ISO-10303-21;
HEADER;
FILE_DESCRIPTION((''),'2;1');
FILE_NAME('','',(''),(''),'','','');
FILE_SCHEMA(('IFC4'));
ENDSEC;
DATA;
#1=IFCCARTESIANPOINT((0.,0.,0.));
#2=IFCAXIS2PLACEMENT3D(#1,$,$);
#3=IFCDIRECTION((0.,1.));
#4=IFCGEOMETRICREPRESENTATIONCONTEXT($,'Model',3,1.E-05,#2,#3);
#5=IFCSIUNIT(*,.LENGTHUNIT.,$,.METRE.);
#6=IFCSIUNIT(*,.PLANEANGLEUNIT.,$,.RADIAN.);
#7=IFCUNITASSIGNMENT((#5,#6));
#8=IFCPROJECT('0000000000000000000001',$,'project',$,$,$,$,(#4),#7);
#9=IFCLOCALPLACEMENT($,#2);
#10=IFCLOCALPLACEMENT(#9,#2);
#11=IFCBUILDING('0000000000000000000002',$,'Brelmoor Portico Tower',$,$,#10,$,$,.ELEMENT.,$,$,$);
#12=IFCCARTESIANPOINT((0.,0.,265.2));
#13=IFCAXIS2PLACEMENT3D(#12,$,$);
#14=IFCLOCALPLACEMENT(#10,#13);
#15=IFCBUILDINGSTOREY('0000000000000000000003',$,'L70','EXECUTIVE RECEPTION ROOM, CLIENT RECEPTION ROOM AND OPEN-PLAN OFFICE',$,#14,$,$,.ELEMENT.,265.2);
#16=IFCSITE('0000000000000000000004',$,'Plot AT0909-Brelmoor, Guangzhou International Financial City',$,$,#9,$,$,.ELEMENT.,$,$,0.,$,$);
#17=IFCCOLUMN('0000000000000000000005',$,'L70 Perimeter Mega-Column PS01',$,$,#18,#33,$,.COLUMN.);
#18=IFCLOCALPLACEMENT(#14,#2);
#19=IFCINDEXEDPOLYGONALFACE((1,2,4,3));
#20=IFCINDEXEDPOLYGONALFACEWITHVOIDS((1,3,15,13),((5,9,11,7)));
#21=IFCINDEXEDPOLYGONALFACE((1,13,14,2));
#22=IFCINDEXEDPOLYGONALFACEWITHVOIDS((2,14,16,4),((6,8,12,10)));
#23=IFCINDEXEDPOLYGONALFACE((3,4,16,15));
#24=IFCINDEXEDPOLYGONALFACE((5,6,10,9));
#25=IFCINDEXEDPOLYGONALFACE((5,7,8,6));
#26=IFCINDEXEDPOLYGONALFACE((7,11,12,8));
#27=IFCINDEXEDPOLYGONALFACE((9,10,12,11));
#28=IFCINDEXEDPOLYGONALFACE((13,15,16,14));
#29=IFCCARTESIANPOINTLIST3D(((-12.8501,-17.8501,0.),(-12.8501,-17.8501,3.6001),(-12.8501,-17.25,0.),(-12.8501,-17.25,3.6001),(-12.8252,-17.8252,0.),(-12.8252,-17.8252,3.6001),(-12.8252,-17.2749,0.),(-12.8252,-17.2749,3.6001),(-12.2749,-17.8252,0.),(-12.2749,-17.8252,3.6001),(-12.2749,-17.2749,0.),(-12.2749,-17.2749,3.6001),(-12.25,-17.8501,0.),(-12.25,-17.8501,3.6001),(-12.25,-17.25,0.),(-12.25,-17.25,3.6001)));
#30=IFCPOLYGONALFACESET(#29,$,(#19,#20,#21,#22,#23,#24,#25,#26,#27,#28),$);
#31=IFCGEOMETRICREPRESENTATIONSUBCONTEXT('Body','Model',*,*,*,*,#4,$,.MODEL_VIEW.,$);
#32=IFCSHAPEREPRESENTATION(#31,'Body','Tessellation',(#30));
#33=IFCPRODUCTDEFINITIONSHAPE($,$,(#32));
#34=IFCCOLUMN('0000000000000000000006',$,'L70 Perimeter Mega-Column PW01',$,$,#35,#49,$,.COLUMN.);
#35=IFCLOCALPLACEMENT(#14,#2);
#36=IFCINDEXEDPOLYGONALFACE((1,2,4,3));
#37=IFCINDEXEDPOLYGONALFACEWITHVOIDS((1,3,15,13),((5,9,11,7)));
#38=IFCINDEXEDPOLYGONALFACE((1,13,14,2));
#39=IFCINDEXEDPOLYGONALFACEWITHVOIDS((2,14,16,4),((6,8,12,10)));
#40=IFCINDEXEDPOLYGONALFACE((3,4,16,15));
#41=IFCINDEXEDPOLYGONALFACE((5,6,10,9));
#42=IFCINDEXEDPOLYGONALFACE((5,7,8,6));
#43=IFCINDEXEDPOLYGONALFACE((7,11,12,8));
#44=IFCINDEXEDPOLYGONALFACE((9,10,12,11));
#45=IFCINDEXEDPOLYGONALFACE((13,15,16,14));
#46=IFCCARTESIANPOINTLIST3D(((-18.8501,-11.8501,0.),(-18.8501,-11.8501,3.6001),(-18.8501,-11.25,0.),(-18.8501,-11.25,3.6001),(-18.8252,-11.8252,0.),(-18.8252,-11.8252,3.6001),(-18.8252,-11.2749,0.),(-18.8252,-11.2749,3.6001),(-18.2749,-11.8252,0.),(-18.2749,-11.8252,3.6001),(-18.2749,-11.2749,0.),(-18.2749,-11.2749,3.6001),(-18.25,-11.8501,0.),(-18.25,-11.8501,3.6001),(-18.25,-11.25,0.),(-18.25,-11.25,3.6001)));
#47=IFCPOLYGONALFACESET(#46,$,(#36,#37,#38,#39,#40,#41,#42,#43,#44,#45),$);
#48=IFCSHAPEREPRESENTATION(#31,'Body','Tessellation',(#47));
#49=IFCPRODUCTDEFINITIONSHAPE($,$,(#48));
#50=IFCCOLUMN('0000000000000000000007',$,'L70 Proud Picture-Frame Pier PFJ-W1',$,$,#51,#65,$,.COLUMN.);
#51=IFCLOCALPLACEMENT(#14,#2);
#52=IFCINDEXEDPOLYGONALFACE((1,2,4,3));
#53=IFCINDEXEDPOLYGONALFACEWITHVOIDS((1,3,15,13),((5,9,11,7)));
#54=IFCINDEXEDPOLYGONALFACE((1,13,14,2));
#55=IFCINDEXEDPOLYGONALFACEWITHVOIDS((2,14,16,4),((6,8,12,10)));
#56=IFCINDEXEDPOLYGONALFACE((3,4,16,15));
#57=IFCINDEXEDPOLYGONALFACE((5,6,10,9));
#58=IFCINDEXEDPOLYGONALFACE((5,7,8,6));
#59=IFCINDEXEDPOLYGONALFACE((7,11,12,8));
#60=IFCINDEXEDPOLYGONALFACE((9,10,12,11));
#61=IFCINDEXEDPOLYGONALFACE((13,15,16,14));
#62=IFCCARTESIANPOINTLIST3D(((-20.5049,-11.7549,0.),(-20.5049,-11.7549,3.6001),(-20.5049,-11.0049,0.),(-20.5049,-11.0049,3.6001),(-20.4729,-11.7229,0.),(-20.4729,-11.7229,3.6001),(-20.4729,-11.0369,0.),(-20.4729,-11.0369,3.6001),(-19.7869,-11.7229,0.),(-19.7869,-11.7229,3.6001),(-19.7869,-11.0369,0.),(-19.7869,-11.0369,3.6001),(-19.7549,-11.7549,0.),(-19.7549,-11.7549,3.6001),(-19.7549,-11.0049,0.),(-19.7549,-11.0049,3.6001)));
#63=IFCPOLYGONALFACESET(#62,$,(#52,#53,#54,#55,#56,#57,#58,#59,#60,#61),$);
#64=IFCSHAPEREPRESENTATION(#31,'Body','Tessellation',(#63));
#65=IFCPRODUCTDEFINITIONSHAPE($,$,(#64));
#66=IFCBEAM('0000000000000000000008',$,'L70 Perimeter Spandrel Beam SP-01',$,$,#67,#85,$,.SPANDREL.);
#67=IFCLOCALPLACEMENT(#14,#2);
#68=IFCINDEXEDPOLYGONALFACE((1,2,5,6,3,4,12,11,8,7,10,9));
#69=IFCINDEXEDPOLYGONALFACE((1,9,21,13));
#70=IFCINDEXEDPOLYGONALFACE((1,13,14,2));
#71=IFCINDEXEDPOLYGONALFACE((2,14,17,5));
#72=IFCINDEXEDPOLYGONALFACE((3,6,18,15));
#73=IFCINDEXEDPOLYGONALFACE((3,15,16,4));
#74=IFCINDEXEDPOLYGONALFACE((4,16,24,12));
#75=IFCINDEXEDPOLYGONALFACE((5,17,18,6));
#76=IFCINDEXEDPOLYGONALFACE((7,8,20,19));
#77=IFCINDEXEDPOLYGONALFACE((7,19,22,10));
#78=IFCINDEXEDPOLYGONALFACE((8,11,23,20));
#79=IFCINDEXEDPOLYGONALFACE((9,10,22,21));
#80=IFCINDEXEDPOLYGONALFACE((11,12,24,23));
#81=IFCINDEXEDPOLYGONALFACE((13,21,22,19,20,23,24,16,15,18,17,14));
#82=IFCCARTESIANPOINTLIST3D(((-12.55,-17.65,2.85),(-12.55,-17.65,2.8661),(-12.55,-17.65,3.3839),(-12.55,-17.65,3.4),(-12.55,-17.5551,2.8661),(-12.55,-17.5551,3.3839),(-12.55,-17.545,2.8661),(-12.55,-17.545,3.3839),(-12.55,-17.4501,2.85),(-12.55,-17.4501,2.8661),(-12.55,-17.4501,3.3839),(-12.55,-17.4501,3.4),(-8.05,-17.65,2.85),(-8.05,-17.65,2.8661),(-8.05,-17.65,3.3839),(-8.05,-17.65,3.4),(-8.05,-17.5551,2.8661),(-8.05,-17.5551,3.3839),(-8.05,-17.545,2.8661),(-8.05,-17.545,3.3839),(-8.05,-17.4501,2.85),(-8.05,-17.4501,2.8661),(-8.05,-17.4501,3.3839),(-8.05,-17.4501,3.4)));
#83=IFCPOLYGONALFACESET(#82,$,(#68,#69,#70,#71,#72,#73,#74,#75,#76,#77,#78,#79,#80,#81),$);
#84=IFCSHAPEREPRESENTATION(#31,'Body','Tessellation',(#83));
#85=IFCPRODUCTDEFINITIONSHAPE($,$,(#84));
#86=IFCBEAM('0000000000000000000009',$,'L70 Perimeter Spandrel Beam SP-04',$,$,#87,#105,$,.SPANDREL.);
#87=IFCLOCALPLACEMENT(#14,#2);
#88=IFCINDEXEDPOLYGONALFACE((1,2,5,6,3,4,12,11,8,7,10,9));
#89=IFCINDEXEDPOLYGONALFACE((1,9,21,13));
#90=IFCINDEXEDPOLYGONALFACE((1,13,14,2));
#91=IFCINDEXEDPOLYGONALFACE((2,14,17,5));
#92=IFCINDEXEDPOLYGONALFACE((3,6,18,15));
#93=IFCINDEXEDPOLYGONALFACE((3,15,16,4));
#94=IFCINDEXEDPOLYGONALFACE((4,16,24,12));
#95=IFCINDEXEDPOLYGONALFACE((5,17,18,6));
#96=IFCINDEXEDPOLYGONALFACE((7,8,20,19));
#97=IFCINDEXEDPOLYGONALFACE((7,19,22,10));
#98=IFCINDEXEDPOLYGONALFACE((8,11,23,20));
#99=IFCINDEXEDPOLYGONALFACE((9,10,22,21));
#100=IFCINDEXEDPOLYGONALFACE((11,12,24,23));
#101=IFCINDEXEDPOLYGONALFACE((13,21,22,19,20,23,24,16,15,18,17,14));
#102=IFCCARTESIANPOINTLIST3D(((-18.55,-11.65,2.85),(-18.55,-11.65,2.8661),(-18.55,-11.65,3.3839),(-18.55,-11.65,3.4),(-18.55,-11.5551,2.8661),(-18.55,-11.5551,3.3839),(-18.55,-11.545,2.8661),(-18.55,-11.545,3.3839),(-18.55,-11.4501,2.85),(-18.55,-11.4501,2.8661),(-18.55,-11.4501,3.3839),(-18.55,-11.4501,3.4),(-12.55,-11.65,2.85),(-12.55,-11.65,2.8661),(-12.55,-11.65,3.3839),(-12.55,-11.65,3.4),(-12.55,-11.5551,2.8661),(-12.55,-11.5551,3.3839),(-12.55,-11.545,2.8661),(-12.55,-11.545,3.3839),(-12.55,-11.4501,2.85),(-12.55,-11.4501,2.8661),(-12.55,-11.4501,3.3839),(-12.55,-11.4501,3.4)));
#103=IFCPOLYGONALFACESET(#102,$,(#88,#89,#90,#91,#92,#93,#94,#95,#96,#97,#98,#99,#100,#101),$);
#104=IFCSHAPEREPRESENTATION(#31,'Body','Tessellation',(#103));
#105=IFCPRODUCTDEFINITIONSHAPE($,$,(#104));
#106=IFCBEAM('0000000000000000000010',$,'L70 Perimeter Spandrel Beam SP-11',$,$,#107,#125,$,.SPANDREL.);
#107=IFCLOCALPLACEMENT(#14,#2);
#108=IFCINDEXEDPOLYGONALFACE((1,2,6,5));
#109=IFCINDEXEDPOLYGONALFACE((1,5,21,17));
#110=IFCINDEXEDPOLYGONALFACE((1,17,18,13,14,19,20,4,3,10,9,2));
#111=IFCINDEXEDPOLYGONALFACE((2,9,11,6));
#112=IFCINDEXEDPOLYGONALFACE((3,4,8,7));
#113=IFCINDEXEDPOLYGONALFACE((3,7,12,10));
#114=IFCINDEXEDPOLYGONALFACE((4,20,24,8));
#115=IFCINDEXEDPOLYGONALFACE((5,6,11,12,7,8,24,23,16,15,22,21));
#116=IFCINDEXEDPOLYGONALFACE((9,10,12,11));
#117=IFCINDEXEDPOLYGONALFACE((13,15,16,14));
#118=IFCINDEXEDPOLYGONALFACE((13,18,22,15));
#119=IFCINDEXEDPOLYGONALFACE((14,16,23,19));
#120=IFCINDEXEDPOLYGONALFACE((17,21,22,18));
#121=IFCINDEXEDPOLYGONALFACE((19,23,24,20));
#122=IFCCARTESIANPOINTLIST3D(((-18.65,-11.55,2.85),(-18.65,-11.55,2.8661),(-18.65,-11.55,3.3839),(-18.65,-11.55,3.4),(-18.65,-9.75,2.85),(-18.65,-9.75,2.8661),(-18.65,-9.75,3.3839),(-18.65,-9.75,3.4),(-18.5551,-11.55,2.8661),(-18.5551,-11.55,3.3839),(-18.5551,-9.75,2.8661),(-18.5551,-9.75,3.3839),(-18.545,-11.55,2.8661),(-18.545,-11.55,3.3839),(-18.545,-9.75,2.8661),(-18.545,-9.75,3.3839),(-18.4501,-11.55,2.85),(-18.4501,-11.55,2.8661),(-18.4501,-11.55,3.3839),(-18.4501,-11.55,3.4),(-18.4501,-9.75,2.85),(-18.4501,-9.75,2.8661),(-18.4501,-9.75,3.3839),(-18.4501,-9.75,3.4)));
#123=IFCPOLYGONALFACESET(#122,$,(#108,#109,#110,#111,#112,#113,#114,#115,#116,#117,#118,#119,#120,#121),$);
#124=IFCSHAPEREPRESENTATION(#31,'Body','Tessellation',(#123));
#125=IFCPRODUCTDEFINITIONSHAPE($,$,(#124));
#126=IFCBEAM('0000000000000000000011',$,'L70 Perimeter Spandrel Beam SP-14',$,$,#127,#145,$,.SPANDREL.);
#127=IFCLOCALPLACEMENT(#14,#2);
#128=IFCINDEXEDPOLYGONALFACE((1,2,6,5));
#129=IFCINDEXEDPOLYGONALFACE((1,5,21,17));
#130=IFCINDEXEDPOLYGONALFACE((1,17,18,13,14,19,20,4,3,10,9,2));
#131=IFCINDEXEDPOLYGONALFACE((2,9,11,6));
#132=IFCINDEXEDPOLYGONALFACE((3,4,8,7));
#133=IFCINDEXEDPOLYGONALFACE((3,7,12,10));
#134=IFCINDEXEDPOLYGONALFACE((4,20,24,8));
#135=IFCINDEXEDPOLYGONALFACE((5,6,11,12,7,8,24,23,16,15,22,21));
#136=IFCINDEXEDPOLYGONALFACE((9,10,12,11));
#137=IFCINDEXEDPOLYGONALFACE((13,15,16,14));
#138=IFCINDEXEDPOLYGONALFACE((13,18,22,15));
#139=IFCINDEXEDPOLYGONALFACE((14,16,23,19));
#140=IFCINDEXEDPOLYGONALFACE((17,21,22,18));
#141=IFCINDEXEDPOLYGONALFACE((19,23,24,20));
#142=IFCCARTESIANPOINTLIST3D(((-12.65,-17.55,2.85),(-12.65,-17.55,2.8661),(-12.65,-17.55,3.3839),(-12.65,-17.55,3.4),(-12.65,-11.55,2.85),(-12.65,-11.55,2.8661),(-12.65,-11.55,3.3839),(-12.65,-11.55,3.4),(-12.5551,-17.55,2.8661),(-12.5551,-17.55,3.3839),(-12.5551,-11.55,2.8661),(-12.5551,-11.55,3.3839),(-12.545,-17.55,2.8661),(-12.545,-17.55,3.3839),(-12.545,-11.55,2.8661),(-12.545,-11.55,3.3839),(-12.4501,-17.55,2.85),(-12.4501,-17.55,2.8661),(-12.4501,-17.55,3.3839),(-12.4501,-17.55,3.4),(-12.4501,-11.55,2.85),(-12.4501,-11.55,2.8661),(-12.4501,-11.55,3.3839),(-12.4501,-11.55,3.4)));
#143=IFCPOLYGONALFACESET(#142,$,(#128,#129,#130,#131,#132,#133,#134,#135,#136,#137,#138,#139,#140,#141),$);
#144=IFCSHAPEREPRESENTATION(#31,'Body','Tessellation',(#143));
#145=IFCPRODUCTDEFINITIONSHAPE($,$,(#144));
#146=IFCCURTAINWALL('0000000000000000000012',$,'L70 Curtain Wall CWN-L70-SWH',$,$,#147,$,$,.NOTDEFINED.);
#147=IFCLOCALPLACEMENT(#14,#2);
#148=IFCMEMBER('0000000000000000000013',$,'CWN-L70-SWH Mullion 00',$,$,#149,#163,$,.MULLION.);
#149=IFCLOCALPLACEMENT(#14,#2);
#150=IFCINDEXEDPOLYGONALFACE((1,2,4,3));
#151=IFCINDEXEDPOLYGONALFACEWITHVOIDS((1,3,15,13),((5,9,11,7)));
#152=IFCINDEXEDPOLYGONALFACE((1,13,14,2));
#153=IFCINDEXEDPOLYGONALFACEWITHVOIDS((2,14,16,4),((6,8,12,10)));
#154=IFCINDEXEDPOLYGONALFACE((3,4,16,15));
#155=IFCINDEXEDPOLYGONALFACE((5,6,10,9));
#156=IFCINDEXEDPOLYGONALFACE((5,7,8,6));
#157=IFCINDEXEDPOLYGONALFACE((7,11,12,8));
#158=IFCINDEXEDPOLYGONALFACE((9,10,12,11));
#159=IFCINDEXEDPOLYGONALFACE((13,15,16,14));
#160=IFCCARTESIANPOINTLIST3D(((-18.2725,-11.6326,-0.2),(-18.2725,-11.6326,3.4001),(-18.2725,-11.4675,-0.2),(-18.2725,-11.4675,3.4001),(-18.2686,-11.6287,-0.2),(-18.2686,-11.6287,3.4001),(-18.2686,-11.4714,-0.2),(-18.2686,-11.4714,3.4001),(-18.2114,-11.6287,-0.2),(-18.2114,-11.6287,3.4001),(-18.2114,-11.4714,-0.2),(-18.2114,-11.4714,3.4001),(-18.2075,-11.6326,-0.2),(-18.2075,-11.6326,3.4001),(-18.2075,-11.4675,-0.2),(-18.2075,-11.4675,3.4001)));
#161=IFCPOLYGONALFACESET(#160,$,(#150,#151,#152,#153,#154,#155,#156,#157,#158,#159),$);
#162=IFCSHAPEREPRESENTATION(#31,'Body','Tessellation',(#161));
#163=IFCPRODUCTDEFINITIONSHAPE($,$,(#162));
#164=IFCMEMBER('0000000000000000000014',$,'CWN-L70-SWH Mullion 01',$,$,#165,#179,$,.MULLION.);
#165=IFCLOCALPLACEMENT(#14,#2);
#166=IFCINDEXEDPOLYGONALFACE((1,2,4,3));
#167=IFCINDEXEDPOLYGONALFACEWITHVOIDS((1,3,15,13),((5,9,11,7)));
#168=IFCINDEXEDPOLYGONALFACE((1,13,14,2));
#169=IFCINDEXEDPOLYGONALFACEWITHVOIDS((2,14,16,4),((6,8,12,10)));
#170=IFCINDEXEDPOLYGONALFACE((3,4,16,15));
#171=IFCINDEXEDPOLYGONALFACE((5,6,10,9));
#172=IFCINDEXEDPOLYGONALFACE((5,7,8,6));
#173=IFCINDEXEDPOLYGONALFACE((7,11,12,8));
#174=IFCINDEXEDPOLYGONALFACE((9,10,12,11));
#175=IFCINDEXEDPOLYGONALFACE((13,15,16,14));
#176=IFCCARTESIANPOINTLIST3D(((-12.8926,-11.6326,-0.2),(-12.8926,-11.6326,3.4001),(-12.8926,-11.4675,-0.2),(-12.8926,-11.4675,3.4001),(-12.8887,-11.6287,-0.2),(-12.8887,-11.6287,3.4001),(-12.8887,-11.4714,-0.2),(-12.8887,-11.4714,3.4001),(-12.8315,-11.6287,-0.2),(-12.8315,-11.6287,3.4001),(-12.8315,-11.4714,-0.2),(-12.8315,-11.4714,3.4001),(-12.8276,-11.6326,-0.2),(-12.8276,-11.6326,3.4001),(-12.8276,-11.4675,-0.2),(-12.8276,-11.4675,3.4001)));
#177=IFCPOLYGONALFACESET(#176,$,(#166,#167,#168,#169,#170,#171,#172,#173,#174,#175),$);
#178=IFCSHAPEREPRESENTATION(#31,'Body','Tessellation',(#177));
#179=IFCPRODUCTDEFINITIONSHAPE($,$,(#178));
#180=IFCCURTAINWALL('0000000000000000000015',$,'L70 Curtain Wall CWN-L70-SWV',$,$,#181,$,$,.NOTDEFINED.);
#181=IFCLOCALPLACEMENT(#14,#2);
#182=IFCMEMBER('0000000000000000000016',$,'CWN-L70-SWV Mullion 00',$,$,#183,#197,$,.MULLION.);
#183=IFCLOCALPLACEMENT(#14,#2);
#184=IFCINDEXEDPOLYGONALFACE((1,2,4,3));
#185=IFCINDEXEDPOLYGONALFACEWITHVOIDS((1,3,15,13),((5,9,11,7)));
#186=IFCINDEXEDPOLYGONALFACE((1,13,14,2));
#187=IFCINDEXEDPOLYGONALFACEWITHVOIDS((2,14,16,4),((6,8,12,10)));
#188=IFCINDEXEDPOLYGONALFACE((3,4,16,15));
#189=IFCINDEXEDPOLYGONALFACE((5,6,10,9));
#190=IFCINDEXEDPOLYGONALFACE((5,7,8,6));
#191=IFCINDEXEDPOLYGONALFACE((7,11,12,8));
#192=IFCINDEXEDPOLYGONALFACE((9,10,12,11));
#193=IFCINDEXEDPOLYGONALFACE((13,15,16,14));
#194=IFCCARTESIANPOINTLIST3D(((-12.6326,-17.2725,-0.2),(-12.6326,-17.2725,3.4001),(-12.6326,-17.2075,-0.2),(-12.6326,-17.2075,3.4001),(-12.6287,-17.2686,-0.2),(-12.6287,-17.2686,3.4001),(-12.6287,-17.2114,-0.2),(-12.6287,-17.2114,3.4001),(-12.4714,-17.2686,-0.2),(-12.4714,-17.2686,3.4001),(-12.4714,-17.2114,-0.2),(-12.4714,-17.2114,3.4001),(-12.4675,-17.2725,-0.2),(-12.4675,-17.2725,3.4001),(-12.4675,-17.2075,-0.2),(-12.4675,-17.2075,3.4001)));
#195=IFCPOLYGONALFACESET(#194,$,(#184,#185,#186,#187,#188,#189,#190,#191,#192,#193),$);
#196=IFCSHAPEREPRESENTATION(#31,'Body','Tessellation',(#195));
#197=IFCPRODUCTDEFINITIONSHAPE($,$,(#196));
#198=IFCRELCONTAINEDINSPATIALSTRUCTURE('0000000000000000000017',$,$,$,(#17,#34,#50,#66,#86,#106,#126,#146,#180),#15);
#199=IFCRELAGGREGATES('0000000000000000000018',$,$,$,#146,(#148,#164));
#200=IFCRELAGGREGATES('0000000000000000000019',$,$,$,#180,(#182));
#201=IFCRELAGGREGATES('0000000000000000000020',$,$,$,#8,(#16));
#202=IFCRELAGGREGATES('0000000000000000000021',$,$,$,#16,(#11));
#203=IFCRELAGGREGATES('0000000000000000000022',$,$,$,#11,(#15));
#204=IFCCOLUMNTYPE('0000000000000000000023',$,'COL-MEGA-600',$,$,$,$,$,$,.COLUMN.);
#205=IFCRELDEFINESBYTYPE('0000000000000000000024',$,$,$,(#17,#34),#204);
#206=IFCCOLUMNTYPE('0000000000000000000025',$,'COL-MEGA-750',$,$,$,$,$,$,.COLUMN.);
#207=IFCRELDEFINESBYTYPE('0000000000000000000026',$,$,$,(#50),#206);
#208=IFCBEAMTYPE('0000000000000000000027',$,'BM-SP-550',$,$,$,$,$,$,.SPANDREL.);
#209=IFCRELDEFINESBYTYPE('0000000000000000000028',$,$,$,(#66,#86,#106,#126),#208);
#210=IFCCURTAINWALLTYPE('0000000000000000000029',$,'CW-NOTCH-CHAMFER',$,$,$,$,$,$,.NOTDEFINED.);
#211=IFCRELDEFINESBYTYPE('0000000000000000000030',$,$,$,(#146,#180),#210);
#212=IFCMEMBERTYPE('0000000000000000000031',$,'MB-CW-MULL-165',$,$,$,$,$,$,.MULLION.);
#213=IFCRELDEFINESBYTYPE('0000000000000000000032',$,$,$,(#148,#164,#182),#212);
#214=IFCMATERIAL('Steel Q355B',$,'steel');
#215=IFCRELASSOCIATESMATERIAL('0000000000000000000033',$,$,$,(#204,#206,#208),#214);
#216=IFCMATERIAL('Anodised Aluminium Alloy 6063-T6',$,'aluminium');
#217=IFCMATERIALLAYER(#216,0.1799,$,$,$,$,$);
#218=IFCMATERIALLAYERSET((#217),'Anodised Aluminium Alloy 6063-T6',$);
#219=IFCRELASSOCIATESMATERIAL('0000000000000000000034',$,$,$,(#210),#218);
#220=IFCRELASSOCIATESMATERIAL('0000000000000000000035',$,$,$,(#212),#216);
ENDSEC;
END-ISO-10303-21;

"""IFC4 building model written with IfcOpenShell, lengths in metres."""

from ifc_helpers import new_model, si_unit, direction, frame, origin, origin_2d, place, context, subcontext, project, spatial, hollow_rectangle, i_section, extrude, material, layer, layer_set, material_profile, profile_set, type_object, element, aggregate, save


model = new_model("IFC4")

# Units and contexts
model_context = context("Model", 3, precision=1e-05, world=origin(), true_north=direction((0.0, 1.0)))
body_context = subcontext(model_context, "Body", "Model", "MODEL_VIEW")
ifc_project = project(units=[si_unit("LENGTHUNIT", "METRE"), si_unit("PLANEANGLEUNIT", "RADIAN")], contexts=[model_context])

# Site, building, storey
site_placement = place(None, origin())
site = spatial("IfcSite", under=ifc_project, at=site_placement, Name="Plot AT0909-Brelmoor, Guangzhou International Financial City", CompositionType="ELEMENT", RefElevation=0.0)
building_placement = place(site_placement, origin())
building = spatial("IfcBuilding", under=site, at=building_placement, Name="Brelmoor Portico Tower", CompositionType="ELEMENT")
storey_placement = place(building_placement, frame((0.0, 0.0, 265.2)))
storey = spatial("IfcBuildingStorey", under=building, at=storey_placement, Name="L70", Description="EXECUTIVE RECEPTION ROOM, CLIENT RECEPTION ROOM AND OPEN-PLAN OFFICE", CompositionType="ELEMENT", Elevation=265.2)

# Columns
ifc_material_1 = material(Name="Steel Q355B", Category="steel")
ifc_material_profile_1 = material_profile(ifc_material_1, hollow_rectangle(XDim=0.6001, YDim=0.6001, WallThickness=0.0249, at=origin_2d()), Name="BOX 600x600x25")
ifc_profile_set_1 = profile_set([ifc_material_profile_1], Name="Steel Q355B")
column_type_1 = type_object("IfcColumnType", Name="COL-MEGA-600", PredefinedType="COLUMN", material=ifc_profile_set_1)
for number, where, z_axis, x_axis, name in (
    (1, (-12.55, -17.55, 0.0), (0.0, 0.0, 1.0), (1.0, 0.0, 0.0), "L70 Perimeter Mega-Column PS01"),
    (2, (-18.55, -11.55, 0.0), (0.0, 0.0, 1.0), (0.0, 1.0, 0.0), "L70 Perimeter Mega-Column PW01"),
):
    element("IfcColumn", number, at=place(storey_placement, frame(where, z_axis=z_axis, x_axis=x_axis)), inside=storey, type_object=column_type_1, Name=name, PredefinedType="COLUMN", context=body_context, shape_type="SweptSolid", body=[
        extrude(hollow_rectangle(XDim=0.6001, YDim=0.6001, WallThickness=0.0249, at=origin_2d()), origin(), (0.0, 0.0, 1.0), 3.6001),
    ])
ifc_material_profile_2 = material_profile(ifc_material_1, hollow_rectangle(XDim=0.75, YDim=0.75, WallThickness=0.032, at=origin_2d()), Name="BOX 750x750x32")
ifc_profile_set_2 = profile_set([ifc_material_profile_2], Name="Steel Q355B")
column_type_2 = type_object("IfcColumnType", Name="COL-MEGA-750", PredefinedType="COLUMN", material=ifc_profile_set_2)
column_placement = place(storey_placement, frame((-20.1299, -11.3799, 0.0), z_axis=(0.0, 0.0, 1.0), x_axis=(0.0, 1.0, 0.0)))
element("IfcColumn", 3, at=column_placement, inside=storey, type_object=column_type_2, Name="L70 Proud Picture-Frame Pier PFJ-W1", PredefinedType="COLUMN", context=body_context, shape_type="SweptSolid", body=[
    extrude(hollow_rectangle(XDim=0.75, YDim=0.75, WallThickness=0.032, at=origin_2d()), origin(), (0.0, 0.0, 1.0), 3.6001),
])

# Beams
ifc_material_profile_3 = material_profile(ifc_material_1, i_section(OverallWidth=0.2, OverallDepth=0.55, WebThickness=0.01, FlangeThickness=0.0161, at=origin_2d()), Name="HN 550x200x10x16")
ifc_profile_set_3 = profile_set([ifc_material_profile_3], Name="Steel Q355B")
beam_type = type_object("IfcBeamType", Name="BM-SP-550", PredefinedType="SPANDREL", material=ifc_profile_set_3)
beam_1_placement = place(storey_placement, frame((-12.55, -17.55, 3.125), z_axis=(1.0, 0.0, 0.0), x_axis=(0.0, 1.0, 0.0)))
element("IfcBeam", 4, at=beam_1_placement, inside=storey, type_object=beam_type, Name="L70 Perimeter Spandrel Beam SP-01", PredefinedType="SPANDREL", context=body_context, shape_type="SweptSolid", body=[
    extrude(i_section(OverallWidth=0.2, OverallDepth=0.55, WebThickness=0.01, FlangeThickness=0.0161, at=origin_2d()), origin(), (0.0, 0.0, 1.0), 4.5),
])
beam_2_placement = place(storey_placement, frame((-18.55, -11.55, 3.125), z_axis=(1.0, 0.0, 0.0), x_axis=(0.0, 1.0, 0.0)))
element("IfcBeam", 5, at=beam_2_placement, inside=storey, type_object=beam_type, Name="L70 Perimeter Spandrel Beam SP-04", PredefinedType="SPANDREL", context=body_context, shape_type="SweptSolid", body=[
    extrude(i_section(OverallWidth=0.2, OverallDepth=0.55, WebThickness=0.01, FlangeThickness=0.0161, at=origin_2d()), origin(), (0.0, 0.0, 1.0), 6.0),
])
beam_3_placement = place(storey_placement, frame((-18.55, -11.55, 3.125), z_axis=(0.0, 1.0, 0.0), x_axis=(-1.0, 0.0, 0.0)))
element("IfcBeam", 6, at=beam_3_placement, inside=storey, type_object=beam_type, Name="L70 Perimeter Spandrel Beam SP-11", PredefinedType="SPANDREL", context=body_context, shape_type="SweptSolid", body=[
    extrude(i_section(OverallWidth=0.2, OverallDepth=0.55, WebThickness=0.01, FlangeThickness=0.0161, at=origin_2d()), origin(), (0.0, 0.0, 1.0), 1.8),
])
beam_4_placement = place(storey_placement, frame((-12.55, -17.55, 3.125), z_axis=(0.0, 1.0, 0.0), x_axis=(-1.0, 0.0, 0.0)))
element("IfcBeam", 7, at=beam_4_placement, inside=storey, type_object=beam_type, Name="L70 Perimeter Spandrel Beam SP-14", PredefinedType="SPANDREL", context=body_context, shape_type="SweptSolid", body=[
    extrude(i_section(OverallWidth=0.2, OverallDepth=0.55, WebThickness=0.01, FlangeThickness=0.0161, at=origin_2d()), origin(), (0.0, 0.0, 1.0), 6.0),
])

# Curtain wall, members
ifc_material_2 = material(Name="Anodised Aluminium Alloy 6063-T6", Category="aluminium")
ifc_layer_1 = layer(ifc_material_2, 0.1799)
ifc_layer_set_1 = layer_set([ifc_layer_1], Name="Anodised Aluminium Alloy 6063-T6")
curtain_wall_type = type_object("IfcCurtainWallType", Name="CW-NOTCH-CHAMFER", PredefinedType="NOTDEFINED", material=ifc_layer_set_1)
curtain_wall_1_placement = place(storey_placement, origin())
curtain_wall_1 = element("IfcCurtainWall", 8, at=curtain_wall_1_placement, inside=storey, type_object=curtain_wall_type, Name="L70 Curtain Wall CWN-L70-SWH", PredefinedType="NOTDEFINED")
ifc_material_profile_4 = material_profile(ifc_material_2, hollow_rectangle(XDim=0.0649, YDim=0.165, WallThickness=0.0039, at=origin_2d()), Name="ALU MULLION 65x165")
ifc_profile_set_4 = profile_set([ifc_material_profile_4], Name="Anodised Aluminium Alloy 6063-T6")
member_type_1 = type_object("IfcMemberType", Name="MB-CW-MULL-165", PredefinedType="MULLION", material=ifc_profile_set_4)
member_1_placement = place(storey_placement, frame((-18.24, -11.55, -0.2), z_axis=(0.0, 0.0, 1.0), x_axis=(1.0, 0.0, 0.0)))
member_1 = element("IfcMember", 9, at=member_1_placement, type_object=member_type_1, Name="CWN-L70-SWH Mullion 00", PredefinedType="MULLION", context=body_context, shape_type="SweptSolid", body=[
    extrude(hollow_rectangle(XDim=0.0649, YDim=0.165, WallThickness=0.0039, at=origin_2d()), origin(), (0.0, 0.0, 1.0), 3.6001),
])
member_2_placement = place(storey_placement, frame((-12.8601, -11.55, -0.2), z_axis=(0.0, 0.0, 1.0), x_axis=(1.0, 0.0, 0.0)))
member_2 = element("IfcMember", 10, at=member_2_placement, type_object=member_type_1, Name="CWN-L70-SWH Mullion 01", PredefinedType="MULLION", context=body_context, shape_type="SweptSolid", body=[
    extrude(hollow_rectangle(XDim=0.0649, YDim=0.165, WallThickness=0.0039, at=origin_2d()), origin(), (0.0, 0.0, 1.0), 3.6001),
])

# Curtain wall, member
curtain_wall_2_placement = place(storey_placement, origin())
curtain_wall_2 = element("IfcCurtainWall", 11, at=curtain_wall_2_placement, inside=storey, type_object=curtain_wall_type, Name="L70 Curtain Wall CWN-L70-SWV", PredefinedType="NOTDEFINED")
member_3_placement = place(storey_placement, frame((-12.55, -17.24, -0.2), z_axis=(0.0, 0.0, 1.0), x_axis=(0.0, 1.0, 0.0)))
member_3 = element("IfcMember", 12, at=member_3_placement, type_object=member_type_1, Name="CWN-L70-SWV Mullion 00", PredefinedType="MULLION", context=body_context, shape_type="SweptSolid", body=[
    extrude(hollow_rectangle(XDim=0.0649, YDim=0.165, WallThickness=0.0039, at=origin_2d()), origin(), (0.0, 0.0, 1.0), 3.6001),
])

aggregate(curtain_wall_1, [member_1, member_2])
aggregate(curtain_wall_2, [member_3])

save(model, "model.ifc")
